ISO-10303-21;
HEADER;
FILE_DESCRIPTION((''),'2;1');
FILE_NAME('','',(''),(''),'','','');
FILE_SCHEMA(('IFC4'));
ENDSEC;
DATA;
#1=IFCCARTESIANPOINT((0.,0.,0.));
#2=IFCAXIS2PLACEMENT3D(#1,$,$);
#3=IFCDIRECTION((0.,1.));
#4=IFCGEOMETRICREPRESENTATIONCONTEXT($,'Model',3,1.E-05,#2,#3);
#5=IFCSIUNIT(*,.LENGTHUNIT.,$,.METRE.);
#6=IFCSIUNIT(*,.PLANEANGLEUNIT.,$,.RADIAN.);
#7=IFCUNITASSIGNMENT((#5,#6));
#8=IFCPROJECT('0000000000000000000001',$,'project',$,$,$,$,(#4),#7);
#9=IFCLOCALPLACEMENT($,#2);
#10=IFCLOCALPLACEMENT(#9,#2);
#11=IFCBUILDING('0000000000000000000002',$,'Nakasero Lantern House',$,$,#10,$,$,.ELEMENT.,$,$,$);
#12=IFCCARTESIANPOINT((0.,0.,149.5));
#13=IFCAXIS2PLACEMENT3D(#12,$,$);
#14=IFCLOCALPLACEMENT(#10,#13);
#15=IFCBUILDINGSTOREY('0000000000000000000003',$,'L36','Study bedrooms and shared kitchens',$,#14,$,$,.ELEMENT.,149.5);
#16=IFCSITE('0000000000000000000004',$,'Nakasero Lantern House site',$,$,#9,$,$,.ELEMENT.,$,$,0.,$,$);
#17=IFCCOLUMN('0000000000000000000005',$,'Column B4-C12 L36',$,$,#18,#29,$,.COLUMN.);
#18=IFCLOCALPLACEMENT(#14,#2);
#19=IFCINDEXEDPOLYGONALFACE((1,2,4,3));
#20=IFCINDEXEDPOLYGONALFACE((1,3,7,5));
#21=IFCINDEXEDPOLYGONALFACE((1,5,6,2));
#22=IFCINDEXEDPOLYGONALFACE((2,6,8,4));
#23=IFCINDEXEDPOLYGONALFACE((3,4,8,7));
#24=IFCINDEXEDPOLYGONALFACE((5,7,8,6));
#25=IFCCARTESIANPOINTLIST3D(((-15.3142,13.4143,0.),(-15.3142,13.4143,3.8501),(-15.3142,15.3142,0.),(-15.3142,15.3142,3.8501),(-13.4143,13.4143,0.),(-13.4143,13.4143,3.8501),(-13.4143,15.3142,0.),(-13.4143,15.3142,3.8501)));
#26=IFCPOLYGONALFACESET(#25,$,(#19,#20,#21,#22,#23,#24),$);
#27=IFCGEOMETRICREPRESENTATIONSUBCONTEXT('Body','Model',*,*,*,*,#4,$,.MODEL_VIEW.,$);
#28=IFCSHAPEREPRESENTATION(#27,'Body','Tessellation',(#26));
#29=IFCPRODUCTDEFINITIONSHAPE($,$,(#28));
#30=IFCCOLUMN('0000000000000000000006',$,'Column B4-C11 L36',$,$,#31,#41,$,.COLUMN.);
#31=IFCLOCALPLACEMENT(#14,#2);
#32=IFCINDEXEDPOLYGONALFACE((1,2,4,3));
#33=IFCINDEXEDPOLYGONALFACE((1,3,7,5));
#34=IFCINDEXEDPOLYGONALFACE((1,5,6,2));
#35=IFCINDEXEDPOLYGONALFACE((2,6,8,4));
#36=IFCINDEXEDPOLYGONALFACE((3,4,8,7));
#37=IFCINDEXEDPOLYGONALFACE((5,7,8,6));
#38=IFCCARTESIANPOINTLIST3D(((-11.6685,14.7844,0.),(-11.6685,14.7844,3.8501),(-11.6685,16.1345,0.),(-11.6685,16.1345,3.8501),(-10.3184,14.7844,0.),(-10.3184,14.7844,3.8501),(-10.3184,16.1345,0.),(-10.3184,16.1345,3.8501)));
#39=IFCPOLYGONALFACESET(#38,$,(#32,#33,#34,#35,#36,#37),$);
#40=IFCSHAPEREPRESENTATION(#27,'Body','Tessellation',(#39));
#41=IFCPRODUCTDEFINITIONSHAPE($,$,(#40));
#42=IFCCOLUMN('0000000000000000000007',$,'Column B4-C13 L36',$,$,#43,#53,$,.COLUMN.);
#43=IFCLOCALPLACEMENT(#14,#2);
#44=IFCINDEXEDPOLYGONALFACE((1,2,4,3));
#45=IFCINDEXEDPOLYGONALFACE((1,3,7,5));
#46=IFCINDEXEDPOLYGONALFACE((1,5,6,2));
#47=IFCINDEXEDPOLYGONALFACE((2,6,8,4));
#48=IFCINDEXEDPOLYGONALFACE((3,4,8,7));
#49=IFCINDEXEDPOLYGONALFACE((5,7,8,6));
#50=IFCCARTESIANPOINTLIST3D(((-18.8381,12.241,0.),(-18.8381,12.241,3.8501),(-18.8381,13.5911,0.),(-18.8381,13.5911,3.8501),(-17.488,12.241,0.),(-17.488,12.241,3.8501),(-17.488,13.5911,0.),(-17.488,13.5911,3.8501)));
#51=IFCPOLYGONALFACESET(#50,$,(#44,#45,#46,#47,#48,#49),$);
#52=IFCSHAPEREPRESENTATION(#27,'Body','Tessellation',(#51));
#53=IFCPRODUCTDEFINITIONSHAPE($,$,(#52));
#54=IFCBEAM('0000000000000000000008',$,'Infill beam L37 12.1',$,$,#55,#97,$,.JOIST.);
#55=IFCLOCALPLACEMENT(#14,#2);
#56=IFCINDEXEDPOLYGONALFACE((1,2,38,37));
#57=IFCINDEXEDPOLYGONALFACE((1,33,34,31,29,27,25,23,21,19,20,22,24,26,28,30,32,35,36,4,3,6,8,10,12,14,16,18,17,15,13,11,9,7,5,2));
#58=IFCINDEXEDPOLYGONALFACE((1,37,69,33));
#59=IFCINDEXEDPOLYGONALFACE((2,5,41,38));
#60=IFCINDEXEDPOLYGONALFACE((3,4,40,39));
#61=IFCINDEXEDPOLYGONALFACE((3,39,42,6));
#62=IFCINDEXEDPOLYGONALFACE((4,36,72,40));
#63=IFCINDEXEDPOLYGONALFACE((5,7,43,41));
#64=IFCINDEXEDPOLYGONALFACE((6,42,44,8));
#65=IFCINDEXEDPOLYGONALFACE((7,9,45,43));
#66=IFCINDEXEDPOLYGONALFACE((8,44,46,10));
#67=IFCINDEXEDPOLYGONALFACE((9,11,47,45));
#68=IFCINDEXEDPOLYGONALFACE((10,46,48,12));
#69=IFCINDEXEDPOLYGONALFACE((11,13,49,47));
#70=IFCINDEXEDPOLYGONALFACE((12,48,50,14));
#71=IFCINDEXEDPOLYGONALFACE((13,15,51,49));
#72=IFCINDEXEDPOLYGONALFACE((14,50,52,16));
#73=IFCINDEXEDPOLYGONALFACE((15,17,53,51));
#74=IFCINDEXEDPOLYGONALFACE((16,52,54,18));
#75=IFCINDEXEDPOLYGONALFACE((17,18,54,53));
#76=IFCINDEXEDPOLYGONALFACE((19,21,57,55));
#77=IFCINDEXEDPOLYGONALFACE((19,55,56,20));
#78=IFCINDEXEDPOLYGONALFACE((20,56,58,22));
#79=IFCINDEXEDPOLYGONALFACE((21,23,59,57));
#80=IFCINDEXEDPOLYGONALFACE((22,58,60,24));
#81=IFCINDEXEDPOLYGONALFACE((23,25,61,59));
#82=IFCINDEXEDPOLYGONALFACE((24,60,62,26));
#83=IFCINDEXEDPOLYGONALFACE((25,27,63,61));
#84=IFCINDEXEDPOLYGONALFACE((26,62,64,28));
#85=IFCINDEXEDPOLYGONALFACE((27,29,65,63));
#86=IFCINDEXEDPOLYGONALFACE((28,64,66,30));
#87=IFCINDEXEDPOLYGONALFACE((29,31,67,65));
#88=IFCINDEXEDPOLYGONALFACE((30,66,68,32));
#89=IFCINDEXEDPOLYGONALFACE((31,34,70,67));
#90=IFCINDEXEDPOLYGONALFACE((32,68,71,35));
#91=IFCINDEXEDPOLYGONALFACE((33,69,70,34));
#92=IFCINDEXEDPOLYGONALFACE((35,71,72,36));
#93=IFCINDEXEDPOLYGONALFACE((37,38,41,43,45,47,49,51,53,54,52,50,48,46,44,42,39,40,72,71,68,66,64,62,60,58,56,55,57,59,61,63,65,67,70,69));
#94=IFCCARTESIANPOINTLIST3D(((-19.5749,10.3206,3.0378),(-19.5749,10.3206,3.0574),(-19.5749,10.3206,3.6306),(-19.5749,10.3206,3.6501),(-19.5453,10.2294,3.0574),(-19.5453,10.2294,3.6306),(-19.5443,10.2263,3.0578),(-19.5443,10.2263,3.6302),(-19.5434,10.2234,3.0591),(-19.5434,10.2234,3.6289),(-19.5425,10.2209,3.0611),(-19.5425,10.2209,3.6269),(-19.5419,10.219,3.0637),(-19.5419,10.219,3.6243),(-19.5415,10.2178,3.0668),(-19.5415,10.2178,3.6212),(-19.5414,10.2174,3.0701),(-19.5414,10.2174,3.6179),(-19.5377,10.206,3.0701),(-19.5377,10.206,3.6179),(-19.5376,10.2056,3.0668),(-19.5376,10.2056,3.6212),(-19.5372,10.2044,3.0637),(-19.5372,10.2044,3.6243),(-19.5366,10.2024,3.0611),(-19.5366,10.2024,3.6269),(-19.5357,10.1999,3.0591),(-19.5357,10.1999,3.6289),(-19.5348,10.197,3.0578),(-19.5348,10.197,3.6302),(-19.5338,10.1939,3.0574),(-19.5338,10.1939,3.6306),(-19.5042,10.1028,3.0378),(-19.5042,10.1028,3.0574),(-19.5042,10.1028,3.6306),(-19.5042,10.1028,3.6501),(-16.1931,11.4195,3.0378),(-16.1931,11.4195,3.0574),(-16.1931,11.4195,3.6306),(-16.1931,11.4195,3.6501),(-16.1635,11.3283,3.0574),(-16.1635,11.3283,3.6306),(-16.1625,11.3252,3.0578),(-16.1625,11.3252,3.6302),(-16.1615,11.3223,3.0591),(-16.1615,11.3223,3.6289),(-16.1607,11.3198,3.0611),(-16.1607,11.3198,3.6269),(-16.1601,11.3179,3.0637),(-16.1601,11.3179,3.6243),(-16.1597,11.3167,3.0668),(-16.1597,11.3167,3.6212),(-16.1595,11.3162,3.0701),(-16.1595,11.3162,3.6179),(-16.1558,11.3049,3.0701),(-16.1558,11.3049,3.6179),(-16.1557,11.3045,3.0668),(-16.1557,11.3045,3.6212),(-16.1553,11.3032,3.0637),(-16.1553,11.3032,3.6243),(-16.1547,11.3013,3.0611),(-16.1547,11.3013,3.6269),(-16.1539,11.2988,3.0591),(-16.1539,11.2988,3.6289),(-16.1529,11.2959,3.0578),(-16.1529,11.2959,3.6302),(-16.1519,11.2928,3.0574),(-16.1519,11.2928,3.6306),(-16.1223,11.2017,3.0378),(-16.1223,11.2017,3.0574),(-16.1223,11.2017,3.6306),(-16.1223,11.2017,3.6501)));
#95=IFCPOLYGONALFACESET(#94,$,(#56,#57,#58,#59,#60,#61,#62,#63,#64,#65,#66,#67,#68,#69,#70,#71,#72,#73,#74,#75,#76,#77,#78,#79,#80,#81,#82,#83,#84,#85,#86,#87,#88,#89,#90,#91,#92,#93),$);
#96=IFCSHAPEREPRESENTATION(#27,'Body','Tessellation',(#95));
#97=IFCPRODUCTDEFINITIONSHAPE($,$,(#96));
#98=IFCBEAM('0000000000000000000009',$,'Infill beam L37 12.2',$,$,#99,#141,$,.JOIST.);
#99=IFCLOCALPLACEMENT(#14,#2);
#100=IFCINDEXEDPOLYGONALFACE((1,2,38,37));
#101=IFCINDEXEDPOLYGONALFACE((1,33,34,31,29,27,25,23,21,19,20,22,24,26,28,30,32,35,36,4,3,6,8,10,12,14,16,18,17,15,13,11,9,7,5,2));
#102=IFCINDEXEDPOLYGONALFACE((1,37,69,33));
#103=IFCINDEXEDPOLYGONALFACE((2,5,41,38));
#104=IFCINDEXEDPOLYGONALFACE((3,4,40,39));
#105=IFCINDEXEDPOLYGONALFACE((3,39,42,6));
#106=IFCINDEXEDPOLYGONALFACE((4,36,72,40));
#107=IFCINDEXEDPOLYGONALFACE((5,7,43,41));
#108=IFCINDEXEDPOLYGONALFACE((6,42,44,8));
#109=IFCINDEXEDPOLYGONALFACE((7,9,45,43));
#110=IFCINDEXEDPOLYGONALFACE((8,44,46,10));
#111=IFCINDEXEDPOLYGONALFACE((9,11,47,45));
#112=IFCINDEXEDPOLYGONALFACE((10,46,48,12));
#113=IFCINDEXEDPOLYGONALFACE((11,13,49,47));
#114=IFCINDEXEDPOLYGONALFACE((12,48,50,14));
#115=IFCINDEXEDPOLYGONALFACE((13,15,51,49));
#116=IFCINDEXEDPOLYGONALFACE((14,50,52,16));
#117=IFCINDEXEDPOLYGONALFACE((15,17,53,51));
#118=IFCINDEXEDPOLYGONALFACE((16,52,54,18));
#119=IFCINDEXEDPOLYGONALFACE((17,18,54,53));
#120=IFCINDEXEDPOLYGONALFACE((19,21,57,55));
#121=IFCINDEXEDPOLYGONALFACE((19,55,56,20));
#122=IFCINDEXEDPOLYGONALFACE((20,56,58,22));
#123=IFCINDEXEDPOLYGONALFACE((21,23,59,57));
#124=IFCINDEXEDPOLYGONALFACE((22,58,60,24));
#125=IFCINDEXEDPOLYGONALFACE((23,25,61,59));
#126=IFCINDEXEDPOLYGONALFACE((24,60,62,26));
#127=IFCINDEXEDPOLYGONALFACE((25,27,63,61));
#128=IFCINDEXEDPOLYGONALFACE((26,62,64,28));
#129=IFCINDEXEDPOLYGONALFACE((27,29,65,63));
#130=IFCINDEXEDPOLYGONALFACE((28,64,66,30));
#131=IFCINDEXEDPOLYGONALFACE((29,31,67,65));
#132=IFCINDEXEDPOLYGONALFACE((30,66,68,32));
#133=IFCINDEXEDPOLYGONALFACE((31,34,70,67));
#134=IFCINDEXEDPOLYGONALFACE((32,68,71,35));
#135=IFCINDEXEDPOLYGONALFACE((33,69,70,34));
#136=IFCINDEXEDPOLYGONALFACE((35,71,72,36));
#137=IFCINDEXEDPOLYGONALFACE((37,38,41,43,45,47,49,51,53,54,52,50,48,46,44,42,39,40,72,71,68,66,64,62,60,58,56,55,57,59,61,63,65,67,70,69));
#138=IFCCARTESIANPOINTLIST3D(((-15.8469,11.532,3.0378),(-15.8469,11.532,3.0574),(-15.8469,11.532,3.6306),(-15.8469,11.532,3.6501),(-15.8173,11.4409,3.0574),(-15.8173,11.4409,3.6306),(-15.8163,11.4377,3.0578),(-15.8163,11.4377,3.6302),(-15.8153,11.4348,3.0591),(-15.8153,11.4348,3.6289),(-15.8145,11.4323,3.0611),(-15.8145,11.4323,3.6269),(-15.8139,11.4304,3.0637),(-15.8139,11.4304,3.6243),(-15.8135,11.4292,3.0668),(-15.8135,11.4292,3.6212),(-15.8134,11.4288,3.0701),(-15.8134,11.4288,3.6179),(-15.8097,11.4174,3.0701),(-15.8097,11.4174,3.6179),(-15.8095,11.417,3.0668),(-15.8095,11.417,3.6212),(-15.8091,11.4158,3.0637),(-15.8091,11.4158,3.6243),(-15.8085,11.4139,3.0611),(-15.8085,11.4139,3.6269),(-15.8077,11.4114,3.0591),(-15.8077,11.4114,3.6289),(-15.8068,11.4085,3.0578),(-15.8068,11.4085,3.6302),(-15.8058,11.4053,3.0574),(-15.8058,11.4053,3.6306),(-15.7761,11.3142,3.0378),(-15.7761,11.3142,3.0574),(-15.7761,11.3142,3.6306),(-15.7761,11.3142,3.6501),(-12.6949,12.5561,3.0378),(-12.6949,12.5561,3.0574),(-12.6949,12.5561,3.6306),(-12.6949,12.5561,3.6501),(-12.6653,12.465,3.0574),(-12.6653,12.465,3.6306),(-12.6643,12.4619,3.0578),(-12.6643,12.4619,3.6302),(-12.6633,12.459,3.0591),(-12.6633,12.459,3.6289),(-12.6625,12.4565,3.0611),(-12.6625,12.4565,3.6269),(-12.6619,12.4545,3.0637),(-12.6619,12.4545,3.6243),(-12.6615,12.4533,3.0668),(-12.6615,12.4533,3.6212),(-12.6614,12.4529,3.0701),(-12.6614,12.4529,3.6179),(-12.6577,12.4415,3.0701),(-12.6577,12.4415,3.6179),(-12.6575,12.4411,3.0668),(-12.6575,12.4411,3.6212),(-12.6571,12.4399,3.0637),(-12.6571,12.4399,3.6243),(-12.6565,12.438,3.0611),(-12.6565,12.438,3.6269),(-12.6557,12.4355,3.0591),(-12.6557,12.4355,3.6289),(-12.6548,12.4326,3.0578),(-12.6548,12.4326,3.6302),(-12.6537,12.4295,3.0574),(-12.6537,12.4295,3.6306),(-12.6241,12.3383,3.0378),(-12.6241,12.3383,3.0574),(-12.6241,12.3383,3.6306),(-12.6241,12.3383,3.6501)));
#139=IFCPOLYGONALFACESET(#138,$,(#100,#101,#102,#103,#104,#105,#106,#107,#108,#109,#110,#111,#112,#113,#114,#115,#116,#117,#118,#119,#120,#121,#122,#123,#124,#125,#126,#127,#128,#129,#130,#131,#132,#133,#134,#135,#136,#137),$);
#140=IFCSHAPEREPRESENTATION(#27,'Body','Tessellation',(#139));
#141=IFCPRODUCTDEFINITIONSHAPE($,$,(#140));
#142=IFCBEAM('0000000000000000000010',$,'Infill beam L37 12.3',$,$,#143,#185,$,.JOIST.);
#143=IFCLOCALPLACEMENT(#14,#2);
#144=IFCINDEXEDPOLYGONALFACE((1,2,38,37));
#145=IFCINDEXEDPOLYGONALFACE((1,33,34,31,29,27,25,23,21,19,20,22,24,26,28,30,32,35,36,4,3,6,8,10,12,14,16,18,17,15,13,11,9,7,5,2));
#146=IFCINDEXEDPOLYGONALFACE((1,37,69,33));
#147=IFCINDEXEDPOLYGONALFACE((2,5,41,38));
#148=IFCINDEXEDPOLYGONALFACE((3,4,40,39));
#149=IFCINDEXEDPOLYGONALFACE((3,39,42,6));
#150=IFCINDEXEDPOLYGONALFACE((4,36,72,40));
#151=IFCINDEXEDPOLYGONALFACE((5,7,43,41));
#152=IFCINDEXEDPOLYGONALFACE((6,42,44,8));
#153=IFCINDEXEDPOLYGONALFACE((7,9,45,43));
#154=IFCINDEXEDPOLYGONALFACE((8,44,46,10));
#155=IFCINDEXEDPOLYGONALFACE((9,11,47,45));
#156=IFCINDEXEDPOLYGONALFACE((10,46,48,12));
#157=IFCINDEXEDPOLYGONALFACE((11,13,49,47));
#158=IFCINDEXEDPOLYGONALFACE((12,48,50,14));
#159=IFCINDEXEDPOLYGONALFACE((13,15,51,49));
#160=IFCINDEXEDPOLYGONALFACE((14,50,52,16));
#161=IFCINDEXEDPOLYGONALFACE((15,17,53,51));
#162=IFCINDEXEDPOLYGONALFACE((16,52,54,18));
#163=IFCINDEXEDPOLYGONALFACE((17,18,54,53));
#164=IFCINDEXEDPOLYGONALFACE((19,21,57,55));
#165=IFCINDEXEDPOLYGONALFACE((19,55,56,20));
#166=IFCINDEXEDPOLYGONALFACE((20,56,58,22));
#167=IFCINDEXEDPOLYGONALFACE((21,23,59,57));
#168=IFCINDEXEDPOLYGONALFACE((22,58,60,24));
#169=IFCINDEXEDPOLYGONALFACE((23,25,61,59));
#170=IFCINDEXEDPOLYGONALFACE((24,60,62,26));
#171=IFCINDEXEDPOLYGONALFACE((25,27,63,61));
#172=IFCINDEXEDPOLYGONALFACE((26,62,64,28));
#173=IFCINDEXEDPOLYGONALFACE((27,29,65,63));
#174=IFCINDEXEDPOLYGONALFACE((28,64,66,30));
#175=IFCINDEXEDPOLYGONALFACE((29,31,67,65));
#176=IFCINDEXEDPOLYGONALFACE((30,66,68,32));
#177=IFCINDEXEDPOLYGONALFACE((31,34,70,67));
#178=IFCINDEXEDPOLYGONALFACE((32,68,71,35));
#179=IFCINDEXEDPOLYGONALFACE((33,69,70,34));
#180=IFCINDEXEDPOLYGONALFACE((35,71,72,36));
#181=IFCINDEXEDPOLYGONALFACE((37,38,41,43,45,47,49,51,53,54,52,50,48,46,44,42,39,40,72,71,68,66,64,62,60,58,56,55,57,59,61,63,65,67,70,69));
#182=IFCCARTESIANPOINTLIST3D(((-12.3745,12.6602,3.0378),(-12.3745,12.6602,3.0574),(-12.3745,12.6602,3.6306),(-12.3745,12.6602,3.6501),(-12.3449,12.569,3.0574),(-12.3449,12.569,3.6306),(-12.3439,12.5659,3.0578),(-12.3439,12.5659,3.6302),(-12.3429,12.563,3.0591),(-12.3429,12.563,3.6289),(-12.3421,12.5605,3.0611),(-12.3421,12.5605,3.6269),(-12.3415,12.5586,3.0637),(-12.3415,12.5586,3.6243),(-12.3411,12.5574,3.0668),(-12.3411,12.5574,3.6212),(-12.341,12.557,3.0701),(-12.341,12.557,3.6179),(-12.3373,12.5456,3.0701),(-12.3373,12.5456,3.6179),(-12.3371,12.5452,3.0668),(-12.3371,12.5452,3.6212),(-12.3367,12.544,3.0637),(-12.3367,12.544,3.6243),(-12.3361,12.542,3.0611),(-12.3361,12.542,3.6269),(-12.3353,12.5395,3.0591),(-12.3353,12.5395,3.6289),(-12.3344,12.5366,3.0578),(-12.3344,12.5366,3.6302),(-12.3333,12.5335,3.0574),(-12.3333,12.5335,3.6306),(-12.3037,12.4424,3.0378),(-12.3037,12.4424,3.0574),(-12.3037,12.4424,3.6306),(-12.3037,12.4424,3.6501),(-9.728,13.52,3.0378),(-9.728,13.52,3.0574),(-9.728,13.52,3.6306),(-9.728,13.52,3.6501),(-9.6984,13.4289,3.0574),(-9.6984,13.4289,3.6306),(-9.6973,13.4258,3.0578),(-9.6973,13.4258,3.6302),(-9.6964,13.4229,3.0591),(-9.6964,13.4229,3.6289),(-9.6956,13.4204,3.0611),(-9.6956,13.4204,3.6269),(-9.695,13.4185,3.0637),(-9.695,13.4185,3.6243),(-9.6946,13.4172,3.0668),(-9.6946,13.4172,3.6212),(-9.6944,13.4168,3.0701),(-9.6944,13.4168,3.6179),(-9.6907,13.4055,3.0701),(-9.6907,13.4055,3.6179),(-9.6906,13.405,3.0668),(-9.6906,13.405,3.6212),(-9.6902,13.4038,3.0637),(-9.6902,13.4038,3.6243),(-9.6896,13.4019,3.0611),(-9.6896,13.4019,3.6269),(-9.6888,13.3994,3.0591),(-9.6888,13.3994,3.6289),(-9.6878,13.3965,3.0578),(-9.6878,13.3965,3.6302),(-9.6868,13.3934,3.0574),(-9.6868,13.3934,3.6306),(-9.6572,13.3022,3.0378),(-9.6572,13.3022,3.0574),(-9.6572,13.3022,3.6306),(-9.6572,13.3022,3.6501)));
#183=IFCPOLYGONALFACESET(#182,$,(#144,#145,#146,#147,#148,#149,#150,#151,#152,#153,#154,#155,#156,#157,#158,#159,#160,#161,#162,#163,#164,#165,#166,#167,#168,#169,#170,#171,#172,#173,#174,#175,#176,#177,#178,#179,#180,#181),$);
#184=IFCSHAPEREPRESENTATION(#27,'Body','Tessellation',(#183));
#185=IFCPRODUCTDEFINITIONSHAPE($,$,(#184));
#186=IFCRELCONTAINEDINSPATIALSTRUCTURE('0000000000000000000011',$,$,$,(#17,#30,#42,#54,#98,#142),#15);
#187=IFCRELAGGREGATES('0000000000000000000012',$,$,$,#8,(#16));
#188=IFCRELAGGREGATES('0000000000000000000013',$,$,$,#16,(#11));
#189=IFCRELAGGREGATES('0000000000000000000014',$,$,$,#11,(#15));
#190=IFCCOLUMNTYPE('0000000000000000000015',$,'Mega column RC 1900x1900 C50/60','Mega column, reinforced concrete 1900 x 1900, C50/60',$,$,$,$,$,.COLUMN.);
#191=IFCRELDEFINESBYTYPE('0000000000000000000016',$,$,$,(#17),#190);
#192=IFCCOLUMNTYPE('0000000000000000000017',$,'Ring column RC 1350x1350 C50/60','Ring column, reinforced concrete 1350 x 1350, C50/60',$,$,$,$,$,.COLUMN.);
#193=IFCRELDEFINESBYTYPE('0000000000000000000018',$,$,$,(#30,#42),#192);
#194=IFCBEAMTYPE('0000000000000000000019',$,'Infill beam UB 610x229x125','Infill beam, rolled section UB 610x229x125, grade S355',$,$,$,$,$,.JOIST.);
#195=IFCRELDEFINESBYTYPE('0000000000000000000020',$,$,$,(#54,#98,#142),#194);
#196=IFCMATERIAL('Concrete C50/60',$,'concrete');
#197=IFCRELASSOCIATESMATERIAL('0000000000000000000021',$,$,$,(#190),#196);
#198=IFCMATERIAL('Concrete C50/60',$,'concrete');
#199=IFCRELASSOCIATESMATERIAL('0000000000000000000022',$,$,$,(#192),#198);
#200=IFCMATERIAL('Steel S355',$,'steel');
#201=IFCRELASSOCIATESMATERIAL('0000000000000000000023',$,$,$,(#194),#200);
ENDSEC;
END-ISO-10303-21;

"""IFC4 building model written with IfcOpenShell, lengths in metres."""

from ifc_helpers import new_model, si_unit, direction, frame, origin, origin_2d, place, context, subcontext, project, spatial, rectangle, i_section, extrude, material, material_profile, profile_set, type_object, element, save


model = new_model("IFC4")

# Units and contexts
model_context = context("Model", 3, precision=1e-05, world=origin(), true_north=direction((0.0, 1.0)))
body_context = subcontext(model_context, "Body", "Model", "MODEL_VIEW")
ifc_project = project(units=[si_unit("LENGTHUNIT", "METRE"), si_unit("PLANEANGLEUNIT", "RADIAN")], contexts=[model_context])

# Site, building, storey
site_placement = place(None, origin())
site = spatial("IfcSite", under=ifc_project, at=site_placement, Name="Nakasero Lantern House site", CompositionType="ELEMENT", RefElevation=0.0)
building_placement = place(site_placement, origin())
building = spatial("IfcBuilding", under=site, at=building_placement, Name="Nakasero Lantern House", CompositionType="ELEMENT")
storey_placement = place(building_placement, frame((0.0, 0.0, 149.5)))
storey = spatial("IfcBuildingStorey", under=building, at=storey_placement, Name="L36", Description="Study bedrooms and shared kitchens", CompositionType="ELEMENT", Elevation=149.5)

# Columns
ifc_material_1 = material(Name="Concrete C50/60", Category="concrete")
ifc_material_profile_1 = material_profile(ifc_material_1, rectangle(XDim=1.8999, YDim=1.8999, at=origin_2d()), Name="RC 1900x1900")
ifc_profile_set_1 = profile_set([ifc_material_profile_1], Name="Concrete C50/60")
column_type_1 = type_object("IfcColumnType", Name="Mega column RC 1900x1900 C50/60", Description="Mega column, reinforced concrete 1900 x 1900, C50/60", PredefinedType="COLUMN", material=ifc_profile_set_1)
column_placement = place(storey_placement, frame((-14.3643, 14.3643, 0.0), z_axis=(0.0, 0.0, 1.0), x_axis=(1.0, 0.0, 0.0)))
element("IfcColumn", 1, at=column_placement, inside=storey, type_object=column_type_1, Name="Column B4-C12 L36", PredefinedType="COLUMN", context=body_context, shape_type="SweptSolid", body=[
    extrude(rectangle(XDim=1.8999, YDim=1.8999, at=origin_2d()), origin(), (0.0, 0.0, 1.0), 3.8501),
])
ifc_material_2 = material(Name="Concrete C50/60", Category="concrete")
ifc_material_profile_2 = material_profile(ifc_material_2, rectangle(XDim=1.3501, YDim=1.3501, at=origin_2d()), Name="RC 1350x1350")
ifc_profile_set_2 = profile_set([ifc_material_profile_2], Name="Concrete C50/60")
column_type_2 = type_object("IfcColumnType", Name="Ring column RC 1350x1350 C50/60", Description="Ring column, reinforced concrete 1350 x 1350, C50/60", PredefinedType="COLUMN", material=ifc_profile_set_2)
for number, where, z_axis, x_axis, name in (
    (2, (-10.9934, 15.4595, 0.0), (0.0, 0.0, 1.0), (1.0, 0.0, 0.0), "Column B4-C11 L36"),
    (3, (-18.1631, 12.916, 0.0), (0.0, 0.0, 1.0), (1.0, 0.0, 0.0), "Column B4-C13 L36"),
):
    element("IfcColumn", number, at=place(storey_placement, frame(where, z_axis=z_axis, x_axis=x_axis)), inside=storey, type_object=column_type_2, Name=name, PredefinedType="COLUMN", context=body_context, shape_type="SweptSolid", body=[
        extrude(rectangle(XDim=1.3501, YDim=1.3501, at=origin_2d()), origin(), (0.0, 0.0, 1.0), 3.8501),
    ])

# Beams
ifc_material_3 = material(Name="Steel S355", Category="steel")
ifc_material_profile_3 = material_profile(ifc_material_3, i_section(OverallWidth=0.229, OverallDepth=0.6123, WebThickness=0.012, FlangeThickness=0.0195, FilletRadius=0.0127, at=origin_2d()), Name="UB 610x229x125")
ifc_profile_set_3 = profile_set([ifc_material_profile_3], Name="Steel S355")
beam_type_1 = type_object("IfcBeamType", Name="Infill beam UB 610x229x125", Description="Infill beam, rolled section UB 610x229x125, grade S355", PredefinedType="JOIST", material=ifc_profile_set_3)
beam_1_placement = place(storey_placement, frame((-19.5396, 10.2117, 3.344), z_axis=(0.951052, 0.30903, 0.0), x_axis=(-0.30903, 0.951052, 0.0)))
element("IfcBeam", 4, at=beam_1_placement, inside=storey, type_object=beam_type_1, Name="Infill beam L37 12.1", PredefinedType="JOIST", context=body_context, shape_type="SweptSolid", body=[
    extrude(i_section(OverallWidth=0.229, OverallDepth=0.6123, WebThickness=0.012, FlangeThickness=0.0195, FilletRadius=0.0127, at=origin_2d()), origin(), (0.0, 0.0, 1.0), 3.5559),
])
beam_2_placement = place(storey_placement, frame((-15.8115, 11.4231, 3.344), z_axis=(0.951057, 0.309014, 0.0), x_axis=(-0.309014, 0.951057, 0.0)))
element("IfcBeam", 5, at=beam_2_placement, inside=storey, type_object=beam_type_1, Name="Infill beam L37 12.2", PredefinedType="JOIST", context=body_context, shape_type="SweptSolid", body=[
    extrude(i_section(OverallWidth=0.229, OverallDepth=0.6123, WebThickness=0.012, FlangeThickness=0.0195, FilletRadius=0.0127, at=origin_2d()), origin(), (0.0, 0.0, 1.0), 3.3142),
])
beam_3_placement = place(storey_placement, frame((-12.3391, 12.5513, 3.344), z_axis=(0.95106, 0.309007, 0.0), x_axis=(-0.309007, 0.95106, 0.0)))
element("IfcBeam", 6, at=beam_3_placement, inside=storey, type_object=beam_type_1, Name="Infill beam L37 12.3", PredefinedType="JOIST", context=body_context, shape_type="SweptSolid", body=[
    extrude(i_section(OverallWidth=0.229, OverallDepth=0.6123, WebThickness=0.012, FlangeThickness=0.0195, FilletRadius=0.0127, at=origin_2d()), origin(), (0.0, 0.0, 1.0), 2.7827),
])

save(model, "model.ifc")
